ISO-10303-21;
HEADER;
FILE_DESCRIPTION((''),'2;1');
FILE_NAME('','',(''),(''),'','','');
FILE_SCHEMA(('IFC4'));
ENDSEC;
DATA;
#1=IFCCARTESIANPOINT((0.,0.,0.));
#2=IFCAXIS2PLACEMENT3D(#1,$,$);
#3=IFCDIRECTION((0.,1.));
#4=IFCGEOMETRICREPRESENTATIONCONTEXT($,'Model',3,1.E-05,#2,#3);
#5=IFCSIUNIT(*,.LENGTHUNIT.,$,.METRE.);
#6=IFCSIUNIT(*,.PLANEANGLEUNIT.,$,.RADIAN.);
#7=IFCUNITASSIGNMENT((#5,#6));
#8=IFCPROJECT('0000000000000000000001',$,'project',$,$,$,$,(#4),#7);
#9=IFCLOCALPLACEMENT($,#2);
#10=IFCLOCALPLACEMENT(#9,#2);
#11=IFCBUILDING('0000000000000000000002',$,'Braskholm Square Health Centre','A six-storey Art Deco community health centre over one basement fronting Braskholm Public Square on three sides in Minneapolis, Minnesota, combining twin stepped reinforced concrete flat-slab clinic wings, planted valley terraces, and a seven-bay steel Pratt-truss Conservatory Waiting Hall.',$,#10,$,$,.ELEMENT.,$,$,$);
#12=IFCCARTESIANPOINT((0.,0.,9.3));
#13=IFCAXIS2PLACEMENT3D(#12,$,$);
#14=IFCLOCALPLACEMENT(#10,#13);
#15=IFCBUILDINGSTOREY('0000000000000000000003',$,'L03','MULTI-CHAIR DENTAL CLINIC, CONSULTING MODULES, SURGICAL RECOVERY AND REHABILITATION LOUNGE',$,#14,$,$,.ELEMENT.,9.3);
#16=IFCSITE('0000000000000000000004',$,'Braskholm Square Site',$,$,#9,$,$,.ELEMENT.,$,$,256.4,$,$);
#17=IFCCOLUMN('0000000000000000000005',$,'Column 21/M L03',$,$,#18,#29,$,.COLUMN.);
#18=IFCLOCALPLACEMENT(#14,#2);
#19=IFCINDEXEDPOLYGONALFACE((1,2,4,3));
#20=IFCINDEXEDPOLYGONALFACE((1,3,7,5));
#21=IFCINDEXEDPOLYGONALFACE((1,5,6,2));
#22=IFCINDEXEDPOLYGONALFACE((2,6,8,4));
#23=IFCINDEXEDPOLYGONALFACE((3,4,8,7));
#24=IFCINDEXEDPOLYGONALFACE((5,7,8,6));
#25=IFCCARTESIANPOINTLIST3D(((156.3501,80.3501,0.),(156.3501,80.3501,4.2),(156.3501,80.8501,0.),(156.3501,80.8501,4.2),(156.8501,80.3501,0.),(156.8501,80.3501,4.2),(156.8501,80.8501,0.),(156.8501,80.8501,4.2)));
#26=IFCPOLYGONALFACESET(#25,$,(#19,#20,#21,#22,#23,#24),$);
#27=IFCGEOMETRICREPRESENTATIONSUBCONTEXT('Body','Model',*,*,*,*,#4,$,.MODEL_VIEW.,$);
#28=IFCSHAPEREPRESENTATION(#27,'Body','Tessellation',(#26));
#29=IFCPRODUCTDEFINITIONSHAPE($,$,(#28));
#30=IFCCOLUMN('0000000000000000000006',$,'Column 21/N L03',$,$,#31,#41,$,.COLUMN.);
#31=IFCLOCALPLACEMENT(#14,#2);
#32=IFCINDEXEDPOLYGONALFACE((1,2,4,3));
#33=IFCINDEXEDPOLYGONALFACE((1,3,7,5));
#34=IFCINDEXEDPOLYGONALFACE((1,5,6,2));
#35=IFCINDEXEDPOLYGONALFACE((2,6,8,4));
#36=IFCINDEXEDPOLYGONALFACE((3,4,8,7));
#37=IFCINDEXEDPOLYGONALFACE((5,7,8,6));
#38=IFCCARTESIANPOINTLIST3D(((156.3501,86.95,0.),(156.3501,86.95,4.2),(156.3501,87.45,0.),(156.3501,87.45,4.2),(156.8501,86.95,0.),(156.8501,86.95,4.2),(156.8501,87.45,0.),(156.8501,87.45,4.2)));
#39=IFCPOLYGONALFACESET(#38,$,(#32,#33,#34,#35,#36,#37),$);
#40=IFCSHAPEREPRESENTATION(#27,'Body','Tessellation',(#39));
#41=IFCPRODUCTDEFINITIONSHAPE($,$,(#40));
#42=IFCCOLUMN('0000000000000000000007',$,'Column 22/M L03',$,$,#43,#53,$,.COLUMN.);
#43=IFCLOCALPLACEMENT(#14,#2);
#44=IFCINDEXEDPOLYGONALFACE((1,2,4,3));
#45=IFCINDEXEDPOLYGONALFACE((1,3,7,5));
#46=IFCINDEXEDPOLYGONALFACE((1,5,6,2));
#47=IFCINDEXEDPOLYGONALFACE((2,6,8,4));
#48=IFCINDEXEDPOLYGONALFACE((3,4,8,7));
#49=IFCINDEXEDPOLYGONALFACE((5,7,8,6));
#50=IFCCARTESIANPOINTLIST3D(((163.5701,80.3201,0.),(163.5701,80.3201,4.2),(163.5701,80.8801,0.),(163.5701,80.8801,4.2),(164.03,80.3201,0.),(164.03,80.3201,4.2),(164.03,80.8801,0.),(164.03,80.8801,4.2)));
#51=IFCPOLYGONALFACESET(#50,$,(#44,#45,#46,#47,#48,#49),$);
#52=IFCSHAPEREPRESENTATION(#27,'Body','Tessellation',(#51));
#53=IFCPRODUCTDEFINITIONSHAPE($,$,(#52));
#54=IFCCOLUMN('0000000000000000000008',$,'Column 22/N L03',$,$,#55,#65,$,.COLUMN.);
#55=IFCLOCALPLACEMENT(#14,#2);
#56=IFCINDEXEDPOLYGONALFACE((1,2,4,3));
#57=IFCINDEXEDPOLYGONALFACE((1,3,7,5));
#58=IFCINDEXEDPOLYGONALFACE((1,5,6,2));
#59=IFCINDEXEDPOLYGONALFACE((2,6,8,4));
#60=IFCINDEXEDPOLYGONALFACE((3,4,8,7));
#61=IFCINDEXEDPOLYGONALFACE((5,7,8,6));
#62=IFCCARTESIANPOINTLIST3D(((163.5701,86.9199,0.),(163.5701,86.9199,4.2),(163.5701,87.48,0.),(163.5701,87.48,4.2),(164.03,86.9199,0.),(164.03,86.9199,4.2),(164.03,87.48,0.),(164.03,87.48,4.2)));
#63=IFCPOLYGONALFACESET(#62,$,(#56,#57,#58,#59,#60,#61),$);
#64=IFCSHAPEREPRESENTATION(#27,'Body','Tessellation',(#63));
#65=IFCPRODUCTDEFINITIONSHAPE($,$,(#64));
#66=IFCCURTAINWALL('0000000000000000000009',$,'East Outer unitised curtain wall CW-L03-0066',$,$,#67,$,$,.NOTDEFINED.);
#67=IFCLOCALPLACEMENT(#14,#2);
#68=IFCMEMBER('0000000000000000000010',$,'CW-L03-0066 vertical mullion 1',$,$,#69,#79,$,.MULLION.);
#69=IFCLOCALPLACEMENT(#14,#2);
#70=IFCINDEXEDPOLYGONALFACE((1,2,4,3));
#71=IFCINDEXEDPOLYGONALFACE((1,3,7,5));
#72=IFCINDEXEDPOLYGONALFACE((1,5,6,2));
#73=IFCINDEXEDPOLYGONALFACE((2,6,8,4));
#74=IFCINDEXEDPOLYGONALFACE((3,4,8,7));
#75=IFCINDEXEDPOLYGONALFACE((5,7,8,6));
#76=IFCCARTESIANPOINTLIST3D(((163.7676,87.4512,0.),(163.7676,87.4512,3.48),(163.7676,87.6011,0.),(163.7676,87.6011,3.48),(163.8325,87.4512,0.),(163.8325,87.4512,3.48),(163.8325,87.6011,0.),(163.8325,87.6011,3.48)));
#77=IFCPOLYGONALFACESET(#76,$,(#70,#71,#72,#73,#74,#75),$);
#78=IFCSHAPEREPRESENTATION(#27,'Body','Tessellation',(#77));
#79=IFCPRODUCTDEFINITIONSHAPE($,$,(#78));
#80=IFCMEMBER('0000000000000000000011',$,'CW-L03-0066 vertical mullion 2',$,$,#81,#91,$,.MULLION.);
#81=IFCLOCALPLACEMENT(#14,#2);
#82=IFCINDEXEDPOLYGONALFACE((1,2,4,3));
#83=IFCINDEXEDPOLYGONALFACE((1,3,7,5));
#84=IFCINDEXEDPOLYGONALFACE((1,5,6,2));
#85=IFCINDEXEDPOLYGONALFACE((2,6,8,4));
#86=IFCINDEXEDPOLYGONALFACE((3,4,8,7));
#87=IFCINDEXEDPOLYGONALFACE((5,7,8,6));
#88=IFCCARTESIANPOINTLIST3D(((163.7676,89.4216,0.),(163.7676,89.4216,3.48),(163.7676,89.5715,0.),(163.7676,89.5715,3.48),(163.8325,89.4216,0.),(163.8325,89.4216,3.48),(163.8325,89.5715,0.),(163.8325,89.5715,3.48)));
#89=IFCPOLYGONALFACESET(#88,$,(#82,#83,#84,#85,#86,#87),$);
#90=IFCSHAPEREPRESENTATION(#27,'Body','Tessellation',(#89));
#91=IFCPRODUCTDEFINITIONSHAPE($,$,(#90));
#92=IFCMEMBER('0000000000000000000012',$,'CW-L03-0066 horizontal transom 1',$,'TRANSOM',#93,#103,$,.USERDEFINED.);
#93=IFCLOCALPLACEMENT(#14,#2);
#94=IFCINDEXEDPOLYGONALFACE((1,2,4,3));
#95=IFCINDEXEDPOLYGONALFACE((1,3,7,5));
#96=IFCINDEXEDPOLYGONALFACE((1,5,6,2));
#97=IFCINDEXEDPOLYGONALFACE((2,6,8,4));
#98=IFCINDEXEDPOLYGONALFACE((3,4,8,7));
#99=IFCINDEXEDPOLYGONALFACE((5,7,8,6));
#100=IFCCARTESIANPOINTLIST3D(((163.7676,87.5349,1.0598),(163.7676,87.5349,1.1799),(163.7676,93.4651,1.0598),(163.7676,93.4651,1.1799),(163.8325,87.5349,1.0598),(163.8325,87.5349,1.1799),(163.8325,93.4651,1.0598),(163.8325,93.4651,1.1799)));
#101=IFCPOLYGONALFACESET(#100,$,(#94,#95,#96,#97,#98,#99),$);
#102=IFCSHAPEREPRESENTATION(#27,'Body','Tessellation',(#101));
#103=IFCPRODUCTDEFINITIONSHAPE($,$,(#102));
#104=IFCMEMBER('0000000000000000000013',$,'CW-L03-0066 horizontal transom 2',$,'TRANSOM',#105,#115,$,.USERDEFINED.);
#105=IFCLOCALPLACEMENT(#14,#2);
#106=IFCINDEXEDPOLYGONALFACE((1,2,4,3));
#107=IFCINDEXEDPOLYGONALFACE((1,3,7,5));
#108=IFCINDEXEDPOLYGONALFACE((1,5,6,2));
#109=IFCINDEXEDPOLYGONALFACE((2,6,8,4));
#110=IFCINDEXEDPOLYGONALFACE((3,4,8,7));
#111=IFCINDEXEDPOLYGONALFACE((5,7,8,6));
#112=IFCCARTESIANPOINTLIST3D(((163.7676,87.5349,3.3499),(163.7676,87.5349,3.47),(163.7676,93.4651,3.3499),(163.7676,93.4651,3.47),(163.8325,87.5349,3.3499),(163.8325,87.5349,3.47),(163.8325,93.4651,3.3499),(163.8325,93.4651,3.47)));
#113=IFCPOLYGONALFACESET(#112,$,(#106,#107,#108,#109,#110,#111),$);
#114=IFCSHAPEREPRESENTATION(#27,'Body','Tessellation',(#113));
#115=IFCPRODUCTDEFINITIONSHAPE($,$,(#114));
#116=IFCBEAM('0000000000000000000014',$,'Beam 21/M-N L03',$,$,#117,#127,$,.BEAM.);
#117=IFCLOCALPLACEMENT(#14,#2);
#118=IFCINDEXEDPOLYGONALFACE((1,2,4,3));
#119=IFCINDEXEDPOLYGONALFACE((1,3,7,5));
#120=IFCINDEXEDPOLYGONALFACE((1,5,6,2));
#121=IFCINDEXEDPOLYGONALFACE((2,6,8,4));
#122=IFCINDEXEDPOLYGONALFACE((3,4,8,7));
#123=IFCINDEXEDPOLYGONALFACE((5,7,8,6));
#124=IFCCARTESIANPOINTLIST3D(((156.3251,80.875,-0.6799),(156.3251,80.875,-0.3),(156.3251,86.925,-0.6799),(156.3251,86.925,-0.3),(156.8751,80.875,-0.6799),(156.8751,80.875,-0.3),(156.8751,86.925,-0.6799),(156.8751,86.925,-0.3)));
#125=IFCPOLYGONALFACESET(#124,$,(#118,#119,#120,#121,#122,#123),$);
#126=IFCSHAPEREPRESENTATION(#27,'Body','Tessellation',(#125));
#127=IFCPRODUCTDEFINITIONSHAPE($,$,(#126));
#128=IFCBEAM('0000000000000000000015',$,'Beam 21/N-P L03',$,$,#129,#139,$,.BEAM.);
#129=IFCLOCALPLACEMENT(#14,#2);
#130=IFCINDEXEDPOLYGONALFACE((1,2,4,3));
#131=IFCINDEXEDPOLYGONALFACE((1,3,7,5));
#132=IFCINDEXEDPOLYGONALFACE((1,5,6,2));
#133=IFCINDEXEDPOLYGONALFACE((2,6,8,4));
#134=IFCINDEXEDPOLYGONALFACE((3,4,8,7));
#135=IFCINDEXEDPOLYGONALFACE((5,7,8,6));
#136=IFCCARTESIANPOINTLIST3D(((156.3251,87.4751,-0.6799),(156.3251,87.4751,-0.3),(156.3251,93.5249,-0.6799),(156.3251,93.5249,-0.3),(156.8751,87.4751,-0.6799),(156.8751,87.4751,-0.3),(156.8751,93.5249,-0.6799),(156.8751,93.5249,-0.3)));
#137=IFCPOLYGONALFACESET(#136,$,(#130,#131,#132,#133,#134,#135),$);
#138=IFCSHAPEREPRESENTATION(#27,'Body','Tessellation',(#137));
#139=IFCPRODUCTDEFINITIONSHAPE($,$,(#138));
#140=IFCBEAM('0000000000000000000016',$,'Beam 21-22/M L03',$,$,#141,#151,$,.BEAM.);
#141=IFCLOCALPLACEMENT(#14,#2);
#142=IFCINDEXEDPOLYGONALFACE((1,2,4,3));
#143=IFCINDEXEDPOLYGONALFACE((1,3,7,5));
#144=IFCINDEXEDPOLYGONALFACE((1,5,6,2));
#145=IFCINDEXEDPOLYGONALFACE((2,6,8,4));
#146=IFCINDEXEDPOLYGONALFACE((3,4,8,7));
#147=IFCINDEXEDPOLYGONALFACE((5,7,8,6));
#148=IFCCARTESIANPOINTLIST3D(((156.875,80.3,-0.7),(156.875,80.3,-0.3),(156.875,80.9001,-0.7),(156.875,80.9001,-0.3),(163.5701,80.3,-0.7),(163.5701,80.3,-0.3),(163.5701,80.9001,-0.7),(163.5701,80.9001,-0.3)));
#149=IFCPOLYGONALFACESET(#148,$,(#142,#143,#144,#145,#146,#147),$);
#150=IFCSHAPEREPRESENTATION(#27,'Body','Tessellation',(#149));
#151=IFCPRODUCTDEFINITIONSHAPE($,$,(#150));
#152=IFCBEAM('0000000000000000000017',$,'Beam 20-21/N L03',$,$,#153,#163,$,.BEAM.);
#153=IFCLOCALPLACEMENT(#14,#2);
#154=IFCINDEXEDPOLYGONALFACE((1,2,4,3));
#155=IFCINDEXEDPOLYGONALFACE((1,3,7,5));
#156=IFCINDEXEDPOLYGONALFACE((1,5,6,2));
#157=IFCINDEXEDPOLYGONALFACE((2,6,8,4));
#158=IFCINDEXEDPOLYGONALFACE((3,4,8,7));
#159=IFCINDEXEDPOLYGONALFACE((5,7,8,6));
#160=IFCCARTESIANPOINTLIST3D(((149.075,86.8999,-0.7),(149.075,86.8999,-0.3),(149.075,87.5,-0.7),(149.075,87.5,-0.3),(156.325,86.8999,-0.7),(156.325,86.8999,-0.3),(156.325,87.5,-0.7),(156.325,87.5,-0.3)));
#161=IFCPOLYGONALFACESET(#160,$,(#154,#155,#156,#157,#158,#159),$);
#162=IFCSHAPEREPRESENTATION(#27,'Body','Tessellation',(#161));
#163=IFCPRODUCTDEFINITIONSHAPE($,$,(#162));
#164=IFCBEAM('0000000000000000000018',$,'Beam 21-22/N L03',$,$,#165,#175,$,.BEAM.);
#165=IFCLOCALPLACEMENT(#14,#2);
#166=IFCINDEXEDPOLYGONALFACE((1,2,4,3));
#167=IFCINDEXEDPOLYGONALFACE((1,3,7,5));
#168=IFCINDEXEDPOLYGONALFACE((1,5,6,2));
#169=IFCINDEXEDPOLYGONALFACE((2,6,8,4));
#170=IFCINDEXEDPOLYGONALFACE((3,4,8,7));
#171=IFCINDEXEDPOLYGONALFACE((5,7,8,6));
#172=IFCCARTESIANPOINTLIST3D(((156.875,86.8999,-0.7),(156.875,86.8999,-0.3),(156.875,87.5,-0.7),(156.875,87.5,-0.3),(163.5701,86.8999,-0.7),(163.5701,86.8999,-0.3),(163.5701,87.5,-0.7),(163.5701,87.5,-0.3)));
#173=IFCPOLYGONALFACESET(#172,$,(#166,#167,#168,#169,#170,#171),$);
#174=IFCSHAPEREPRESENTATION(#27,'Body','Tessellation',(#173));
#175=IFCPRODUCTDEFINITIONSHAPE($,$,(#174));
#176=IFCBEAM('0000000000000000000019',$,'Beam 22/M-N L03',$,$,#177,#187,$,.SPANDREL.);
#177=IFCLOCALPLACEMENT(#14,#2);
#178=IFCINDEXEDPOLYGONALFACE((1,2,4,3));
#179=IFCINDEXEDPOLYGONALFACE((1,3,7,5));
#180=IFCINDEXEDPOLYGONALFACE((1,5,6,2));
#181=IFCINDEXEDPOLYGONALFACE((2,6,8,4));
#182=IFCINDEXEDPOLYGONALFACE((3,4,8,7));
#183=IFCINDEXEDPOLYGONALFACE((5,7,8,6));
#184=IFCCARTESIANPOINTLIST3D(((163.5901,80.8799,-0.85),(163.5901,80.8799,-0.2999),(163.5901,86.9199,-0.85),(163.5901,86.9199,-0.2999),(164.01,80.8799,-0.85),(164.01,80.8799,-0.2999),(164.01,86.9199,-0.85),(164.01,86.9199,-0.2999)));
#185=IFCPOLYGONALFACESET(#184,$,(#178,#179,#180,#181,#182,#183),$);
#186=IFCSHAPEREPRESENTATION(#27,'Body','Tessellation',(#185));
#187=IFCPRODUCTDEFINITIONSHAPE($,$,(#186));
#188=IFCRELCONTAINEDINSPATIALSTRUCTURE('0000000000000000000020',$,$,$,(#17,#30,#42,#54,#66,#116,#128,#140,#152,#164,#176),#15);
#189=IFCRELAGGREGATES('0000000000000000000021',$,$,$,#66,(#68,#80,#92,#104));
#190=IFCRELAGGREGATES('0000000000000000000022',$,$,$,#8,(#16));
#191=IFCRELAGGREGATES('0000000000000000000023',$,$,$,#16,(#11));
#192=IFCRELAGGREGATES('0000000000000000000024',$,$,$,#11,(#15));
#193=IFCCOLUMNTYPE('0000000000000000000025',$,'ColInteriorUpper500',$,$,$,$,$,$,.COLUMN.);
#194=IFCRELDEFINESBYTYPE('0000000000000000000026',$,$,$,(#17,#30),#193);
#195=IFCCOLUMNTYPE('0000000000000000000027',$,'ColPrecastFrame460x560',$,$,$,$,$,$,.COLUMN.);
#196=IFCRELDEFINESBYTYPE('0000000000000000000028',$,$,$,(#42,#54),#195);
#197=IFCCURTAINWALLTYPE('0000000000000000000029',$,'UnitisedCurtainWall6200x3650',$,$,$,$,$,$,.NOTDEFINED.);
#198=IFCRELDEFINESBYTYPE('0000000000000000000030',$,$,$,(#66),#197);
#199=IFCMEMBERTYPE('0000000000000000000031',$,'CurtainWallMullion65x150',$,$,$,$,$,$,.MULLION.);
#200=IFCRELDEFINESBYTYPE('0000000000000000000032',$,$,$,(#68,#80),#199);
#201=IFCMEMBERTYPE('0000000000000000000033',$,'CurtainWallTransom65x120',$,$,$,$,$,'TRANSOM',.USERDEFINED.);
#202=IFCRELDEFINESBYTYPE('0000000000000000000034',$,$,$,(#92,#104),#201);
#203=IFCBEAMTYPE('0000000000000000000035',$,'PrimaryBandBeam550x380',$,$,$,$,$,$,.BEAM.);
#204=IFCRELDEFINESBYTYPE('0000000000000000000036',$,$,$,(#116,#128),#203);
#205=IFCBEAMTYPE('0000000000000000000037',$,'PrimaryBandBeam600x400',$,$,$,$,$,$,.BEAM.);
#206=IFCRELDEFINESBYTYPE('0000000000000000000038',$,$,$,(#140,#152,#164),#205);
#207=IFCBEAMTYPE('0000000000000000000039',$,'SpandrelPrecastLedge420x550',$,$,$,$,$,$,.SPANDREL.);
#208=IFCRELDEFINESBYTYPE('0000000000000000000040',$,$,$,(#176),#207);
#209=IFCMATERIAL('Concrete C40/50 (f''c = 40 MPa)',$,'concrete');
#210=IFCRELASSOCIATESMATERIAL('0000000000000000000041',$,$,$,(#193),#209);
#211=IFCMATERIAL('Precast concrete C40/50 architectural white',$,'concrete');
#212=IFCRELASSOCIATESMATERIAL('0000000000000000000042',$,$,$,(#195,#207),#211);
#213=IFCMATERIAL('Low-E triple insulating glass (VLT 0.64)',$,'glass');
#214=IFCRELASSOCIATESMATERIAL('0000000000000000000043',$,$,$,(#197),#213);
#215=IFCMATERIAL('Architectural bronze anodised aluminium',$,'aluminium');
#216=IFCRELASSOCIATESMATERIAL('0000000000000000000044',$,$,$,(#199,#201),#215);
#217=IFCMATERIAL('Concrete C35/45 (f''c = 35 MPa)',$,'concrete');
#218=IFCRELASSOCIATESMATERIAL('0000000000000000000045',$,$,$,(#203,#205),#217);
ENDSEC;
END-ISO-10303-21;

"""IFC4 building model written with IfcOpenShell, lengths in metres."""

from ifc_helpers import new_model, si_unit, direction, frame, origin, origin_2d, place, context, subcontext, project, spatial, rectangle, extrude, material, material_profile, profile_set, type_object, element, aggregate, save


model = new_model("IFC4")

# Units and contexts
model_context = context("Model", 3, precision=1e-05, world=origin(), true_north=direction((0.0, 1.0)))
body_context = subcontext(model_context, "Body", "Model", "MODEL_VIEW")
ifc_project = project(units=[si_unit("LENGTHUNIT", "METRE"), si_unit("PLANEANGLEUNIT", "RADIAN")], contexts=[model_context])

# Site, building, storey
site_placement = place(None, origin())
site = spatial("IfcSite", under=ifc_project, at=site_placement, Name="Braskholm Square Site", CompositionType="ELEMENT", RefElevation=256.4)
building_placement = place(site_placement, origin())
building = spatial("IfcBuilding", under=site, at=building_placement, Name="Braskholm Square Health Centre", Description="A six-storey Art Deco community health centre over one basement fronting Braskholm Public Square on three sides in Minneapolis, Minnesota, combining twin stepped reinforced concrete flat-slab clinic wings, planted valley terraces, and a seven-bay steel Pratt-truss Conservatory Waiting Hall.", CompositionType="ELEMENT")
storey_placement = place(building_placement, frame((0.0, 0.0, 9.3)))
storey = spatial("IfcBuildingStorey", under=building, at=storey_placement, Name="L03", Description="MULTI-CHAIR DENTAL CLINIC, CONSULTING MODULES, SURGICAL RECOVERY AND REHABILITATION LOUNGE", CompositionType="ELEMENT", Elevation=9.3)

# Columns
ifc_material_1 = material(Name="Concrete C40/50 (f'c = 40 MPa)", Category="concrete")
ifc_material_profile_1 = material_profile(ifc_material_1, rectangle(XDim=0.5, YDim=0.5, at=origin_2d()), Name="RC-500X500")
ifc_profile_set_1 = profile_set([ifc_material_profile_1], Name="Concrete C40/50 (f'c = 40 MPa)")
column_type_1 = type_object("IfcColumnType", Name="ColInteriorUpper500", PredefinedType="COLUMN", material=ifc_profile_set_1)
for number, where, z_axis, x_axis, name in (
    (1, (156.6001, 80.6001, 0.0), (0.0, 0.0, 1.0), (1.0, 0.0, 0.0), "Column 21/M L03"),
    (2, (156.6001, 87.2, 0.0), (0.0, 0.0, 1.0), (1.0, 0.0, 0.0), "Column 21/N L03"),
):
    element("IfcColumn", number, at=place(storey_placement, frame(where, z_axis=z_axis, x_axis=x_axis)), inside=storey, type_object=column_type_1, Name=name, PredefinedType="COLUMN", context=body_context, shape_type="SweptSolid", body=[
        extrude(rectangle(XDim=0.5, YDim=0.5, at=origin_2d()), origin(), (0.0, 0.0, 1.0), 4.2),
    ])
ifc_material_2 = material(Name="Precast concrete C40/50 architectural white", Category="concrete")
ifc_material_profile_2 = material_profile(ifc_material_2, rectangle(XDim=0.46, YDim=0.5601, at=origin_2d()), Name="RC-460X560")
ifc_profile_set_2 = profile_set([ifc_material_profile_2], Name="Precast concrete C40/50 architectural white")
column_type_2 = type_object("IfcColumnType", Name="ColPrecastFrame460x560", PredefinedType="COLUMN", material=ifc_profile_set_2)
for number, where, z_axis, x_axis, name in (
    (3, (163.8, 80.6001, 0.0), (0.0, 0.0, 1.0), (1.0, 0.0, 0.0), "Column 22/M L03"),
    (4, (163.8, 87.2, 0.0), (0.0, 0.0, 1.0), (1.0, 0.0, 0.0), "Column 22/N L03"),
):
    element("IfcColumn", number, at=place(storey_placement, frame(where, z_axis=z_axis, x_axis=x_axis)), inside=storey, type_object=column_type_2, Name=name, PredefinedType="COLUMN", context=body_context, shape_type="SweptSolid", body=[
        extrude(rectangle(XDim=0.46, YDim=0.5601, at=origin_2d()), origin(), (0.0, 0.0, 1.0), 4.2),
    ])

# Curtain wall, members
ifc_material_3 = material(Name="Low-E triple insulating glass (VLT 0.64)", Category="glass")
curtain_wall_type = type_object("IfcCurtainWallType", Name="UnitisedCurtainWall6200x3650", PredefinedType="NOTDEFINED", material=ifc_material_3)
curtain_wall_placement = place(storey_placement, origin())
curtain_wall = element("IfcCurtainWall", 5, at=curtain_wall_placement, inside=storey, type_object=curtain_wall_type, Name="East Outer unitised curtain wall CW-L03-0066", PredefinedType="NOTDEFINED")
ifc_material_4 = material(Name="Architectural bronze anodised aluminium", Category="aluminium")
ifc_material_profile_3 = material_profile(ifc_material_4, rectangle(XDim=0.0649, YDim=0.1499, at=origin_2d()), Name="ALU-65X150")
ifc_profile_set_3 = profile_set([ifc_material_profile_3], Name="Architectural bronze anodised aluminium")
member_type_1 = type_object("IfcMemberType", Name="CurtainWallMullion65x150", PredefinedType="MULLION", material=ifc_profile_set_3)
member_1_placement = place(storey_placement, frame((163.8, 87.5261, 0.0), z_axis=(0.0, 0.0, 1.0), x_axis=(1.0, 0.0, 0.0)))
member_1 = element("IfcMember", 6, at=member_1_placement, type_object=member_type_1, Name="CW-L03-0066 vertical mullion 1", PredefinedType="MULLION", context=body_context, shape_type="SweptSolid", body=[
    extrude(rectangle(XDim=0.0649, YDim=0.1499, at=origin_2d()), origin(), (0.0, 0.0, 1.0), 3.48),
])
member_2_placement = place(storey_placement, frame((163.8, 89.4966, 0.0), z_axis=(0.0, 0.0, 1.0), x_axis=(1.0, 0.0, 0.0)))
member_2 = element("IfcMember", 7, at=member_2_placement, type_object=member_type_1, Name="CW-L03-0066 vertical mullion 2", PredefinedType="MULLION", context=body_context, shape_type="SweptSolid", body=[
    extrude(rectangle(XDim=0.0649, YDim=0.1499, at=origin_2d()), origin(), (0.0, 0.0, 1.0), 3.48),
])
ifc_material_profile_4 = material_profile(ifc_material_4, rectangle(XDim=0.0649, YDim=0.1201, at=origin_2d()), Name="ALU-65X120")
ifc_profile_set_4 = profile_set([ifc_material_profile_4], Name="Architectural bronze anodised aluminium")
member_type_2 = type_object("IfcMemberType", Name="CurtainWallTransom65x120", ElementType="TRANSOM", PredefinedType="USERDEFINED", material=ifc_profile_set_4)
member_3_placement = place(storey_placement, frame((163.8, 87.5349, 1.1199), z_axis=(0.0, 1.0, 0.0), x_axis=(-1.0, 0.0, 0.0)))
member_3 = element("IfcMember", 8, at=member_3_placement, type_object=member_type_2, Name="CW-L03-0066 horizontal transom 1", ObjectType="TRANSOM", PredefinedType="USERDEFINED", context=body_context, shape_type="SweptSolid", body=[
    extrude(rectangle(XDim=0.0649, YDim=0.1201, at=origin_2d()), origin(), (0.0, 0.0, 1.0), 5.9302),
])
member_4_placement = place(storey_placement, frame((163.8, 87.5349, 3.4099), z_axis=(0.0, 1.0, 0.0), x_axis=(-1.0, 0.0, 0.0)))
member_4 = element("IfcMember", 9, at=member_4_placement, type_object=member_type_2, Name="CW-L03-0066 horizontal transom 2", ObjectType="TRANSOM", PredefinedType="USERDEFINED", context=body_context, shape_type="SweptSolid", body=[
    extrude(rectangle(XDim=0.0649, YDim=0.1201, at=origin_2d()), origin(), (0.0, 0.0, 1.0), 5.9302),
])

# Beams
ifc_material_5 = material(Name="Concrete C35/45 (f'c = 35 MPa)", Category="concrete")
ifc_material_profile_5 = material_profile(ifc_material_5, rectangle(XDim=0.55, YDim=0.3799, at=origin_2d()), Name="RCB-550X380")
ifc_profile_set_5 = profile_set([ifc_material_profile_5], Name="Concrete C35/45 (f'c = 35 MPa)")
beam_type_1 = type_object("IfcBeamType", Name="PrimaryBandBeam550x380", PredefinedType="BEAM", material=ifc_profile_set_5)
beam_1_placement = place(storey_placement, frame((156.6001, 80.875, -0.49), z_axis=(0.0, 1.0, 0.0), x_axis=(-1.0, 0.0, 0.0)))
element("IfcBeam", 10, at=beam_1_placement, inside=storey, type_object=beam_type_1, Name="Beam 21/M-N L03", PredefinedType="BEAM", context=body_context, shape_type="SweptSolid", body=[
    extrude(rectangle(XDim=0.55, YDim=0.3799, at=origin_2d()), origin(), (0.0, 0.0, 1.0), 6.05),
])
beam_2_placement = place(storey_placement, frame((156.6001, 87.4751, -0.49), z_axis=(0.0, 1.0, 0.0), x_axis=(-1.0, 0.0, 0.0)))
element("IfcBeam", 11, at=beam_2_placement, inside=storey, type_object=beam_type_1, Name="Beam 21/N-P L03", PredefinedType="BEAM", context=body_context, shape_type="SweptSolid", body=[
    extrude(rectangle(XDim=0.55, YDim=0.3799, at=origin_2d()), origin(), (0.0, 0.0, 1.0), 6.0498),
])
ifc_material_profile_6 = material_profile(ifc_material_5, rectangle(XDim=0.6001, YDim=0.3999, at=origin_2d()), Name="RCB-600X400")
ifc_profile_set_6 = profile_set([ifc_material_profile_6], Name="Concrete C35/45 (f'c = 35 MPa)")
beam_type_2 = type_object("IfcBeamType", Name="PrimaryBandBeam600x400", PredefinedType="BEAM", material=ifc_profile_set_6)
beam_3_placement = place(storey_placement, frame((156.875, 80.6001, -0.5), z_axis=(1.0, 0.0, 0.0), x_axis=(0.0, 1.0, 0.0)))
element("IfcBeam", 12, at=beam_3_placement, inside=storey, type_object=beam_type_2, Name="Beam 21-22/M L03", PredefinedType="BEAM", context=body_context, shape_type="SweptSolid", body=[
    extrude(rectangle(XDim=0.6001, YDim=0.3999, at=origin_2d()), origin(), (0.0, 0.0, 1.0), 6.6951),
])
beam_4_placement = place(storey_placement, frame((149.075, 87.2, -0.5), z_axis=(1.0, 0.0, 0.0), x_axis=(0.0, 1.0, 0.0)))
element("IfcBeam", 13, at=beam_4_placement, inside=storey, type_object=beam_type_2, Name="Beam 20-21/N L03", PredefinedType="BEAM", context=body_context, shape_type="SweptSolid", body=[
    extrude(rectangle(XDim=0.6001, YDim=0.3999, at=origin_2d()), origin(), (0.0, 0.0, 1.0), 7.25),
])
beam_5_placement = place(storey_placement, frame((156.875, 87.2, -0.5), z_axis=(1.0, 0.0, 0.0), x_axis=(0.0, 1.0, 0.0)))
element("IfcBeam", 14, at=beam_5_placement, inside=storey, type_object=beam_type_2, Name="Beam 21-22/N L03", PredefinedType="BEAM", context=body_context, shape_type="SweptSolid", body=[
    extrude(rectangle(XDim=0.6001, YDim=0.3999, at=origin_2d()), origin(), (0.0, 0.0, 1.0), 6.6951),
])
ifc_material_profile_7 = material_profile(ifc_material_2, rectangle(XDim=0.4199, YDim=0.55, at=origin_2d()), Name="RCB-420X550")
ifc_profile_set_7 = profile_set([ifc_material_profile_7], Name="Precast concrete C40/50 architectural white")
beam_type_3 = type_object("IfcBeamType", Name="SpandrelPrecastLedge420x550", PredefinedType="SPANDREL", material=ifc_profile_set_7)
for number, where, z_axis, x_axis, name in (
    (15, (163.8, 80.8799, -0.575), (0.0, 1.0, 0.0), (-1.0, 0.0, 0.0), "Beam 22/M-N L03"),
):
    element("IfcBeam", number, at=place(storey_placement, frame(where, z_axis=z_axis, x_axis=x_axis)), inside=storey, type_object=beam_type_3, Name=name, PredefinedType="SPANDREL", context=body_context, shape_type="SweptSolid", body=[
        extrude(rectangle(XDim=0.4199, YDim=0.55, at=origin_2d()), origin(), (0.0, 0.0, 1.0), 6.04),
    ])

aggregate(curtain_wall, [member_1, member_2, member_3, member_4])

save(model, "model.ifc")
